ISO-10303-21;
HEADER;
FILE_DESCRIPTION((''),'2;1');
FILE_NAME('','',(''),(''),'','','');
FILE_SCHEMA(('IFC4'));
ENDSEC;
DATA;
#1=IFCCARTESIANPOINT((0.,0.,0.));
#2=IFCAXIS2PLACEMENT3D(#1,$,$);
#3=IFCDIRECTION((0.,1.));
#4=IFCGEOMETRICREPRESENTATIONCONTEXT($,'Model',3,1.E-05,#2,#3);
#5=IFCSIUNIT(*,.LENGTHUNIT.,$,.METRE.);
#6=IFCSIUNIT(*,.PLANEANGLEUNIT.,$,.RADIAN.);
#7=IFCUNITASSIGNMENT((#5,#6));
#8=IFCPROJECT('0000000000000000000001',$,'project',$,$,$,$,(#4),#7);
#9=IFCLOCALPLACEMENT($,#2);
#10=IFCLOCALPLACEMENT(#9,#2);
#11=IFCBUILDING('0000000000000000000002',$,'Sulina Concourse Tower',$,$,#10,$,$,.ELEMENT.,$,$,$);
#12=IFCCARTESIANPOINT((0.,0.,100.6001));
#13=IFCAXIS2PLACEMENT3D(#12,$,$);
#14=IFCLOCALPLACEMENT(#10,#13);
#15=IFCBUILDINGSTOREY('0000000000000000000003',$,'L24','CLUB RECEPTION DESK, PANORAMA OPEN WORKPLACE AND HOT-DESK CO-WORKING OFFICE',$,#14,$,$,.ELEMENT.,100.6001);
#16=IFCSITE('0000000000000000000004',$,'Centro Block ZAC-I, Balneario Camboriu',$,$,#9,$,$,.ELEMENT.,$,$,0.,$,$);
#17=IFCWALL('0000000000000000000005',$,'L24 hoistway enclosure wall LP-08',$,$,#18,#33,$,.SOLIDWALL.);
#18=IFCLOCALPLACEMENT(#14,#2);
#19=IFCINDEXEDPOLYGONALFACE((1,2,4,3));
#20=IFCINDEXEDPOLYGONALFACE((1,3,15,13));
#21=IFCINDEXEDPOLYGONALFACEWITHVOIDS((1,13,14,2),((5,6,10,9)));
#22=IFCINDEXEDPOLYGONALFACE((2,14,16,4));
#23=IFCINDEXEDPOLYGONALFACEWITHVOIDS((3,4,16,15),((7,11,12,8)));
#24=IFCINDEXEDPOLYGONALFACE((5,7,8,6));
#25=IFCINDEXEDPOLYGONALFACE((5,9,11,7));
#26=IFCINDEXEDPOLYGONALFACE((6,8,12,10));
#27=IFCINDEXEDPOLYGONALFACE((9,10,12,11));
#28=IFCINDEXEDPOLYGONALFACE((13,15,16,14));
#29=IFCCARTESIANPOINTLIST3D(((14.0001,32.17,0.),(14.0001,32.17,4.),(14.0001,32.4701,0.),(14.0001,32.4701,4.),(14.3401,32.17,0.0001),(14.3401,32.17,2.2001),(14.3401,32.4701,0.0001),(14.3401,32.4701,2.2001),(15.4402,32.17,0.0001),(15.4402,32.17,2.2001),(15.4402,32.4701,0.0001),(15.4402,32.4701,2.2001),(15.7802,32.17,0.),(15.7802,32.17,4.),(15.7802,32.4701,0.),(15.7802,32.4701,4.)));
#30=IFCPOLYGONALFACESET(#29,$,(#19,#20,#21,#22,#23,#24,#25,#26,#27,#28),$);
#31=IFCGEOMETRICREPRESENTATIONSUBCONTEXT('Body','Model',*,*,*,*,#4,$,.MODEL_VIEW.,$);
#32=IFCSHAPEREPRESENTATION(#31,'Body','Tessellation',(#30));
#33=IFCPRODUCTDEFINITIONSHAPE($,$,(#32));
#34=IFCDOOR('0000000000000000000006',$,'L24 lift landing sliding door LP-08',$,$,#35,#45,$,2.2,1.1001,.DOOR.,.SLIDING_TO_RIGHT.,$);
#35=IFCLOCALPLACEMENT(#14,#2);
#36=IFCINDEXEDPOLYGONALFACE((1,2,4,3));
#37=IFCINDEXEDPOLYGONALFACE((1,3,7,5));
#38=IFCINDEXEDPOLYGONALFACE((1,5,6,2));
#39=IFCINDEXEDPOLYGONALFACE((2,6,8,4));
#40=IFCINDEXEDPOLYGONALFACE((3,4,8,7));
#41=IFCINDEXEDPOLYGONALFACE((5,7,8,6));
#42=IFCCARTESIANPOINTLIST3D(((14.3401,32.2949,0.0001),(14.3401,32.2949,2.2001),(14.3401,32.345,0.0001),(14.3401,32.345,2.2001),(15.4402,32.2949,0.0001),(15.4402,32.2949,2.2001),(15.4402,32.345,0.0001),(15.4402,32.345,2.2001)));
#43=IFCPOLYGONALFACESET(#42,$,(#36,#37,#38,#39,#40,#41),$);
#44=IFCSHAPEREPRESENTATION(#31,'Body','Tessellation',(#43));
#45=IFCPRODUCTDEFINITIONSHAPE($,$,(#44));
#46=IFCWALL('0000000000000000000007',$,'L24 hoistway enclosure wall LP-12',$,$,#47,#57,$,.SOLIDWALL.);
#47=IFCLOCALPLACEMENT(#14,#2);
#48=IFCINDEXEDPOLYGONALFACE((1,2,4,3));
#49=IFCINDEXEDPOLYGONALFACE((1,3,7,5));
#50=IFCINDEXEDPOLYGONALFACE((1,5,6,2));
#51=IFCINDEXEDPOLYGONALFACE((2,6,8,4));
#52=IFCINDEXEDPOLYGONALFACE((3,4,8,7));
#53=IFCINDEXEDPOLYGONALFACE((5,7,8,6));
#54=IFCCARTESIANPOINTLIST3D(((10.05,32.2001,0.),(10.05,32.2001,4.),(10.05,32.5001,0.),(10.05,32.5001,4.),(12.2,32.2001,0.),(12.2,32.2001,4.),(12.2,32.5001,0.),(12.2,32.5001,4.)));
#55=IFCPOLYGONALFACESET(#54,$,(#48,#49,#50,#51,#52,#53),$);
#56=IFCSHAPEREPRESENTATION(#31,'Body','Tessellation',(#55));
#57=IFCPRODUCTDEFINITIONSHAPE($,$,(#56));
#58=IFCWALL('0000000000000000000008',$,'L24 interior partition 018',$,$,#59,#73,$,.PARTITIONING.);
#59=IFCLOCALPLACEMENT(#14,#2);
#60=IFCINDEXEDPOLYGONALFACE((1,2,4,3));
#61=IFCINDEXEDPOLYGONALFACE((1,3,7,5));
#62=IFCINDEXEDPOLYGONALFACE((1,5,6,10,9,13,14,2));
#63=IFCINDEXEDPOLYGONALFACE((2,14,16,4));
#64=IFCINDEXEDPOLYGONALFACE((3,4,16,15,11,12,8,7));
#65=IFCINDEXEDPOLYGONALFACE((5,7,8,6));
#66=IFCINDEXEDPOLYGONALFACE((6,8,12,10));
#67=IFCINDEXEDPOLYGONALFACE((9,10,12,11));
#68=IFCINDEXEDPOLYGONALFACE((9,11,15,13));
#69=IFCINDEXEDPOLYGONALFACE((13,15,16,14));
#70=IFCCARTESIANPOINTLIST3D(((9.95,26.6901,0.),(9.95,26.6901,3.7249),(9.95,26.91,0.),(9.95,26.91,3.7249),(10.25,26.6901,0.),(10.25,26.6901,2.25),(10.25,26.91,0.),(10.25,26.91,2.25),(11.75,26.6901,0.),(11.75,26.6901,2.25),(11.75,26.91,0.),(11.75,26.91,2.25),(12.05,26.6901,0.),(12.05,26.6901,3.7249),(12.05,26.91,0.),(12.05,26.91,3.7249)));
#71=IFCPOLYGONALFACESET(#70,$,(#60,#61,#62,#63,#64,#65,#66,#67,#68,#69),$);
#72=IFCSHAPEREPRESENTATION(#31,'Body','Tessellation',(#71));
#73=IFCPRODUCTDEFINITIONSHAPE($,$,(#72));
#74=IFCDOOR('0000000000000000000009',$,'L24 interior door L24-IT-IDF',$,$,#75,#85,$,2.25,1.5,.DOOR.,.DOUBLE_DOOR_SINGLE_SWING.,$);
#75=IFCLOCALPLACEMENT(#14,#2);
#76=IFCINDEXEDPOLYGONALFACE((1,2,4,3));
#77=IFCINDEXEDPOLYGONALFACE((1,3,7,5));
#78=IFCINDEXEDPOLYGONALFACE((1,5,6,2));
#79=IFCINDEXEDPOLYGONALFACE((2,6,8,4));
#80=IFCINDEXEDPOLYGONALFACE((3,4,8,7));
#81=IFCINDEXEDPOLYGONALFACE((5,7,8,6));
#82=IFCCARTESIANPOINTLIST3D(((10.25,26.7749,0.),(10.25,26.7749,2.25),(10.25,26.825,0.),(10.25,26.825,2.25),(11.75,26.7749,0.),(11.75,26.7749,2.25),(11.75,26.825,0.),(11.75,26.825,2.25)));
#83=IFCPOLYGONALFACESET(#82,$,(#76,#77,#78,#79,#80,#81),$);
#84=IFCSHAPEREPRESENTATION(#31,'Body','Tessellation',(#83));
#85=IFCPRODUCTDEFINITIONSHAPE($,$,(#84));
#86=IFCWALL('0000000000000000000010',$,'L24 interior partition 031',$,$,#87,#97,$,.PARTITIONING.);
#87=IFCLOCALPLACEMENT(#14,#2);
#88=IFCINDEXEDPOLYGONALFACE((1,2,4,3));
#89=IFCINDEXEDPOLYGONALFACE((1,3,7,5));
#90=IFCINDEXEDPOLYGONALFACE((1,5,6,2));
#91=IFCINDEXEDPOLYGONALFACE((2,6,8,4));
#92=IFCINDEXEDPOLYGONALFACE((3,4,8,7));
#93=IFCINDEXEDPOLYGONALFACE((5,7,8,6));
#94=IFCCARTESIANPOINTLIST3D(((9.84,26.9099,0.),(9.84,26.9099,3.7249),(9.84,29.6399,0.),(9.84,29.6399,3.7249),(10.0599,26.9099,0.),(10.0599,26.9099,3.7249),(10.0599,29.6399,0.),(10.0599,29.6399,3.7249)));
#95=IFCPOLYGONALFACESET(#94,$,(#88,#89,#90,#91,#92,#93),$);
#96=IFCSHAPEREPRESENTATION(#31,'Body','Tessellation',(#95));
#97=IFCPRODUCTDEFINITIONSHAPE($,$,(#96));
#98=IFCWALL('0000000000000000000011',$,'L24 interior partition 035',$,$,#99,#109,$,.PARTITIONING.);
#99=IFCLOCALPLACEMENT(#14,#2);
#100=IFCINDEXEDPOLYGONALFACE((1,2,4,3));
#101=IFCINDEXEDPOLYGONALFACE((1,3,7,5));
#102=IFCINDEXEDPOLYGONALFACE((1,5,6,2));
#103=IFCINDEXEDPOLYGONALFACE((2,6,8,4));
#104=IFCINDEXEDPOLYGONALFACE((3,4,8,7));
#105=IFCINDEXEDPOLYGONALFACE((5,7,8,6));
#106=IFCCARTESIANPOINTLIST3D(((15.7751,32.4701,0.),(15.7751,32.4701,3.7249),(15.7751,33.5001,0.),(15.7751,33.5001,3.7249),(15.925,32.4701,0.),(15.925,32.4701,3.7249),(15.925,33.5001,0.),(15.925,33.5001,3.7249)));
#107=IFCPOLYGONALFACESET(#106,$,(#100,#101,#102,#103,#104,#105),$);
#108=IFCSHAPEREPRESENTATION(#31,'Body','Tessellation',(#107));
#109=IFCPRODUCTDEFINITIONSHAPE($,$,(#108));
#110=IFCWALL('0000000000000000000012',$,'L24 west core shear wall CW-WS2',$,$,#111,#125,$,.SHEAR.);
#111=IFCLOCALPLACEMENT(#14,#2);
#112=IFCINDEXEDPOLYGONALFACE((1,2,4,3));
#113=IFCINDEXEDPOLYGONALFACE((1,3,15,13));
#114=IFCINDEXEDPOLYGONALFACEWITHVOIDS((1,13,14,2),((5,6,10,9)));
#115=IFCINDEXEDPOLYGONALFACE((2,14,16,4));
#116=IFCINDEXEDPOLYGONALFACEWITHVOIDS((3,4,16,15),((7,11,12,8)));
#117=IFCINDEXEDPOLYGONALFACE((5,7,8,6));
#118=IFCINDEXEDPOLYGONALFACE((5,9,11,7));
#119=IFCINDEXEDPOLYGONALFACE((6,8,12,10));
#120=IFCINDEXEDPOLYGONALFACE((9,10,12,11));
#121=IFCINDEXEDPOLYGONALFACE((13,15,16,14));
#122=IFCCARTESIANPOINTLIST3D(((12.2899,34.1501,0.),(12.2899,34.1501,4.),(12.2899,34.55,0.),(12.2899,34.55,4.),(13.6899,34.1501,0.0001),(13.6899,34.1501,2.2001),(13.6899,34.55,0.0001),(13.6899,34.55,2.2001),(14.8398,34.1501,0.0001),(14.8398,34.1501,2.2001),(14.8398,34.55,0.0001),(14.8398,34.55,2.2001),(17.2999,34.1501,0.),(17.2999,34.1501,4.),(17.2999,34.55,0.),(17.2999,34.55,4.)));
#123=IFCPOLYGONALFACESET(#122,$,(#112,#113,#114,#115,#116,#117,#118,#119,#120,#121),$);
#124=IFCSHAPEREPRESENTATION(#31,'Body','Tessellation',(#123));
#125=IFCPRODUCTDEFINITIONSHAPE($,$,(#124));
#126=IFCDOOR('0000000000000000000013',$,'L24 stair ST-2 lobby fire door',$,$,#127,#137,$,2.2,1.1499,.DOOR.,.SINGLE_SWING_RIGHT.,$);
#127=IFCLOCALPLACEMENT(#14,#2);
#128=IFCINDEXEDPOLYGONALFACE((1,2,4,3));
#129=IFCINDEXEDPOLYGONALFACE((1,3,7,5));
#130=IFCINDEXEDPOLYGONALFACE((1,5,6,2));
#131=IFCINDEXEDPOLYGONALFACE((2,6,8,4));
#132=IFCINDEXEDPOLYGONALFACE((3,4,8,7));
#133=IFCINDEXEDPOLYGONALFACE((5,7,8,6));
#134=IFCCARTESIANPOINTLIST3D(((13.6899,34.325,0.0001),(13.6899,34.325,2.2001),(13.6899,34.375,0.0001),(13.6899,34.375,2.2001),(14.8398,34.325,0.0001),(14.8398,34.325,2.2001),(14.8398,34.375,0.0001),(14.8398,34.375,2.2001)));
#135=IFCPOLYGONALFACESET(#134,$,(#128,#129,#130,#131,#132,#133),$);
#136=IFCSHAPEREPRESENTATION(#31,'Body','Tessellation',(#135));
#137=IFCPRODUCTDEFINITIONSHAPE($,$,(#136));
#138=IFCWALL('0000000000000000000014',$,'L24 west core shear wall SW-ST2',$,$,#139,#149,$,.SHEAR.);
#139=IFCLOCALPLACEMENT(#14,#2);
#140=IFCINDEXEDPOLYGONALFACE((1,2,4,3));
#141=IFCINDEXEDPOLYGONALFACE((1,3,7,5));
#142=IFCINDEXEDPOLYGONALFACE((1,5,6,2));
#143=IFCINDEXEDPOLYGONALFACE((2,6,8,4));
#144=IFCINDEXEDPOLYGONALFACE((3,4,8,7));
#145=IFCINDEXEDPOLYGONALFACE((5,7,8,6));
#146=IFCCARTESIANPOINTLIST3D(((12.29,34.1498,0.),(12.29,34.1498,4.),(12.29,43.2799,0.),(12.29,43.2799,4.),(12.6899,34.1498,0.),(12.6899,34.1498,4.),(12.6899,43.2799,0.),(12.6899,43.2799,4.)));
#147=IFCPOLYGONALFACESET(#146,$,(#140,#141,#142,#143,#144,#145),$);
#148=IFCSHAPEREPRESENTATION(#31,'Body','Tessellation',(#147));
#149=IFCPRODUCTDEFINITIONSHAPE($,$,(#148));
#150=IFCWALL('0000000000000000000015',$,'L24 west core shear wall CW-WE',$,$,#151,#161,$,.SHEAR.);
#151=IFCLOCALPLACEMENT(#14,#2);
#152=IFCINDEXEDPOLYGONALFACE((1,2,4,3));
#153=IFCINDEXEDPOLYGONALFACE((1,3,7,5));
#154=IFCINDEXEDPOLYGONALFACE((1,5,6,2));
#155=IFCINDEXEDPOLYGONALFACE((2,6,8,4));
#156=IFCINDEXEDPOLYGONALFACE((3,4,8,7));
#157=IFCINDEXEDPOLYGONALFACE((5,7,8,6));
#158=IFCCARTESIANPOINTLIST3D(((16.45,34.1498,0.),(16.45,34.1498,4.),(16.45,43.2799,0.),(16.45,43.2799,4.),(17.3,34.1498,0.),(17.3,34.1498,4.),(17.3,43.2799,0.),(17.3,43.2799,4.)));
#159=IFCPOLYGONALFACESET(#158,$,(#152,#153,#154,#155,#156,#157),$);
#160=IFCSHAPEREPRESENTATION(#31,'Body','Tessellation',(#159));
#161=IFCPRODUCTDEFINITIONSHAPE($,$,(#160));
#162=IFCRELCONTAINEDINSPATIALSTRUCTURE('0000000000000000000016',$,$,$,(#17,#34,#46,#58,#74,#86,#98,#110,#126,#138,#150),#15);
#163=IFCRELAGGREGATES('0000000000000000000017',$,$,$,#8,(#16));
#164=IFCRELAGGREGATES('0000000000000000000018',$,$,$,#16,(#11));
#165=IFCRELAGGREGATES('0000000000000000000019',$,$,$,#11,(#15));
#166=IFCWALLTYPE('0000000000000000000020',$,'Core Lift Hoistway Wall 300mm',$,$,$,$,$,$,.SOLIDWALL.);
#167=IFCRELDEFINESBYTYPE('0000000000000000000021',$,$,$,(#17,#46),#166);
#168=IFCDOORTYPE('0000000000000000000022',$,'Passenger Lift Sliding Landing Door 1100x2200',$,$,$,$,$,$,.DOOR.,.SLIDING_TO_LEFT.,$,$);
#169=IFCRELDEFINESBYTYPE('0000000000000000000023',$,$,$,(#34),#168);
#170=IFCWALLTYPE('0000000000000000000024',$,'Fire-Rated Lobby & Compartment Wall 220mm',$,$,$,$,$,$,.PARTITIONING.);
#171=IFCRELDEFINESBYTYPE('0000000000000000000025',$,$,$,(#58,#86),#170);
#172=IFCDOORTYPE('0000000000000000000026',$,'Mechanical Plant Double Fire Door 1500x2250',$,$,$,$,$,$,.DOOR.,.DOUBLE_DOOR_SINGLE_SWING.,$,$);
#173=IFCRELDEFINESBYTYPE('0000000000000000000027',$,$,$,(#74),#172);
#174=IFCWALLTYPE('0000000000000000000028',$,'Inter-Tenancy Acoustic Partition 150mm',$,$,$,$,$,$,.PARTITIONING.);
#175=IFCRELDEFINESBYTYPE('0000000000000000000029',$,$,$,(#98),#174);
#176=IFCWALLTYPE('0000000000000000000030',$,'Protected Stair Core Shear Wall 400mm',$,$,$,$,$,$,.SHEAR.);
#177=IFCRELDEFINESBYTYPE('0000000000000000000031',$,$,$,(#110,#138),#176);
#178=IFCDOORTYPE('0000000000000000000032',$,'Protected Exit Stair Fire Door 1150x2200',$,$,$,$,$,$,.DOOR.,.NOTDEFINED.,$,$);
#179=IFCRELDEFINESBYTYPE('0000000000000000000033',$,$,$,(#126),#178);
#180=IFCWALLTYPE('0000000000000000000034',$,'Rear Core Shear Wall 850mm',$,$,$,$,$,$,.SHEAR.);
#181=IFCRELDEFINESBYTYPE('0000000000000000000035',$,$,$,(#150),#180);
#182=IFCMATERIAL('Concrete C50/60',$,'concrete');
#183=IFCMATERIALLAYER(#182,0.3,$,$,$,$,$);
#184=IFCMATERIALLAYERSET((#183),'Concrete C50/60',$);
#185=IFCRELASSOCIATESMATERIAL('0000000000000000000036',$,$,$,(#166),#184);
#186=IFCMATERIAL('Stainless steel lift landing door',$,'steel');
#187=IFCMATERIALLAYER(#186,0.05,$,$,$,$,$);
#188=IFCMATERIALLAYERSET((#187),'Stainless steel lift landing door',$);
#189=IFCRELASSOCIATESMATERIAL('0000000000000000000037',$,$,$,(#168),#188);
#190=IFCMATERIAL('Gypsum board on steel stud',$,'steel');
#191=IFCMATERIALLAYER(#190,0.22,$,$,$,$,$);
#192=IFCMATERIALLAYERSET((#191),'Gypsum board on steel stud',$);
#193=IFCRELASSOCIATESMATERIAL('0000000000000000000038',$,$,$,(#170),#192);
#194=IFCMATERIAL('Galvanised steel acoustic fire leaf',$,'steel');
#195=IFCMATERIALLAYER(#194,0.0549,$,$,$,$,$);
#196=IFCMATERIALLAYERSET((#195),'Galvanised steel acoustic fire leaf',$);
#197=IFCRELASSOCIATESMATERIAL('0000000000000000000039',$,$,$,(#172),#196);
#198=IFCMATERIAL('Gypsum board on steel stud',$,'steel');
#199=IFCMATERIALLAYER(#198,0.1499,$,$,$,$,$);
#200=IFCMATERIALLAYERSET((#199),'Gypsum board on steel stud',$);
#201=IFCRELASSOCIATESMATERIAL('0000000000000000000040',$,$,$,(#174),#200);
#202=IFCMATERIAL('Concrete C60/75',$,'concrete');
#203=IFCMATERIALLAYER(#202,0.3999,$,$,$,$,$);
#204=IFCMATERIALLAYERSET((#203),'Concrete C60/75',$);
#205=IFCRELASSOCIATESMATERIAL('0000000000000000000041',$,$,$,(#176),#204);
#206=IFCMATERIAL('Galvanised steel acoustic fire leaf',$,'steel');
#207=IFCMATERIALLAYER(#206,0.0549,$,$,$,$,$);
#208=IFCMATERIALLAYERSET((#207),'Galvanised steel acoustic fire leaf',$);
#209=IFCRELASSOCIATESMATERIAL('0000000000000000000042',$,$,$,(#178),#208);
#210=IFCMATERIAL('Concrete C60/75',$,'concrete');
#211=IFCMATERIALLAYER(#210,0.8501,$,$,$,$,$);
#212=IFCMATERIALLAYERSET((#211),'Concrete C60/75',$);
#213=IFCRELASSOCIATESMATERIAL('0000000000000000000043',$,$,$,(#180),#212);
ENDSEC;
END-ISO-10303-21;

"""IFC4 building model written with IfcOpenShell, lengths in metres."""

from ifc_helpers import new_model, si_unit, direction, frame, frame_2d, origin, place, context, subcontext, project, spatial, rectangle, extrude, material, layer, layer_set, type_object, element, fill, save


model = new_model("IFC4")

# Units and contexts
model_context = context("Model", 3, precision=1e-05, world=origin(), true_north=direction((0.0, 1.0)))
body_context = subcontext(model_context, "Body", "Model", "MODEL_VIEW")
ifc_project = project(units=[si_unit("LENGTHUNIT", "METRE"), si_unit("PLANEANGLEUNIT", "RADIAN")], contexts=[model_context])

# Site, building, storey
site_placement = place(None, origin())
site = spatial("IfcSite", under=ifc_project, at=site_placement, Name="Centro Block ZAC-I, Balneario Camboriu", CompositionType="ELEMENT", RefElevation=0.0)
building_placement = place(site_placement, origin())
building = spatial("IfcBuilding", under=site, at=building_placement, Name="Sulina Concourse Tower", CompositionType="ELEMENT")
storey_placement = place(building_placement, frame((0.0, 0.0, 100.6001)))
storey = spatial("IfcBuildingStorey", under=building, at=storey_placement, Name="L24", Description="CLUB RECEPTION DESK, PANORAMA OPEN WORKPLACE AND HOT-DESK CO-WORKING OFFICE", CompositionType="ELEMENT", Elevation=100.6001)

# Wall, opening, door
ifc_material_1 = material(Name="Concrete C50/60", Category="concrete")
ifc_layer_1 = layer(ifc_material_1, 0.3)
ifc_layer_set_1 = layer_set([ifc_layer_1], Name="Concrete C50/60")
wall_type_1 = type_object("IfcWallType", Name="Core Lift Hoistway Wall 300mm", PredefinedType="SOLIDWALL", material=ifc_layer_set_1)
ifc_material_2 = material(Name="Stainless steel lift landing door", Category="steel")
ifc_layer_2 = layer(ifc_material_2, 0.05)
ifc_layer_set_2 = layer_set([ifc_layer_2], Name="Stainless steel lift landing door")
door_type_1 = type_object("IfcDoorType", Name="Passenger Lift Sliding Landing Door 1100x2200", OperationType="SLIDING_TO_LEFT", PredefinedType="DOOR", material=ifc_layer_set_2)
wall_1_placement = place(storey_placement, frame((14.0, 32.3201, 0.0), z_axis=(0.0, 0.0, 1.0), x_axis=(1.0, 0.0, 0.0)))
wall_1 = element("IfcWall", 1, at=wall_1_placement, inside=storey, type_object=wall_type_1, Name="L24 hoistway enclosure wall LP-08", PredefinedType="SOLIDWALL", context=body_context, shape_type="SweptSolid", body=[
    extrude(rectangle(XDim=1.78, YDim=0.3, at=frame_2d((0.8901, 0.0))), origin(), (0.0, 0.0, 1.0), 4.0),
])
opening_1_placement = place(wall_1_placement, frame((0.3401, 0.0, 0.0)))
opening_1 = element("IfcOpeningElement", 2, at=opening_1_placement, cuts=wall_1, PredefinedType="OPENING", context=body_context, shape_type="SweptSolid", body=[
    extrude(rectangle(XDim=1.1001, YDim=2.2, at=frame_2d((0.55, 1.1001))), frame((0.0, 0.1599, 0.0), z_axis=(0.0, -1.0, 0.0), x_axis=(1.0, 0.0, 0.0)), (0.0, 0.0, 1.0), 0.3201),
])
door_1_placement = place(opening_1_placement, origin())
door_1 = element("IfcDoor", 3, at=door_1_placement, inside=storey, type_object=door_type_1, Name="L24 lift landing sliding door LP-08", OperationType="SLIDING_TO_RIGHT", OverallHeight=2.2, OverallWidth=1.1001, PredefinedType="DOOR", context=body_context, shape_type="SweptSolid", body=[
    extrude(rectangle(XDim=1.1001, YDim=2.2, at=frame_2d((0.55, 1.1001))), frame((0.0, 0.0249, 0.0), z_axis=(0.0, -1.0, 0.0), x_axis=(1.0, 0.0, 0.0)), (0.0, 0.0, 1.0), 0.05),
])
fill(opening_1, door_1)

# Wall
wall_2_placement = place(storey_placement, frame((10.05, 32.3501, 0.0), z_axis=(0.0, 0.0, 1.0), x_axis=(1.0, 0.0, 0.0)))
element("IfcWall", 4, at=wall_2_placement, inside=storey, type_object=wall_type_1, Name="L24 hoistway enclosure wall LP-12", PredefinedType="SOLIDWALL", context=body_context, shape_type="SweptSolid", body=[
    extrude(rectangle(XDim=2.1499, YDim=0.3, at=frame_2d((1.075, 0.0))), origin(), (0.0, 0.0, 1.0), 4.0),
])

# Wall, opening, door
ifc_material_3 = material(Name="Gypsum board on steel stud", Category="steel")
ifc_layer_3 = layer(ifc_material_3, 0.22)
ifc_layer_set_3 = layer_set([ifc_layer_3], Name="Gypsum board on steel stud")
wall_type_2 = type_object("IfcWallType", Name="Fire-Rated Lobby & Compartment Wall 220mm", PredefinedType="PARTITIONING", material=ifc_layer_set_3)
wall_3_placement = place(storey_placement, frame((9.95, 26.8, 0.0), z_axis=(0.0, 0.0, 1.0), x_axis=(1.0, 0.0, 0.0)))
wall_3 = element("IfcWall", 5, at=wall_3_placement, inside=storey, type_object=wall_type_2, Name="L24 interior partition 018", PredefinedType="PARTITIONING", context=body_context, shape_type="SweptSolid", body=[
    extrude(rectangle(XDim=2.1001, YDim=0.22, at=frame_2d((1.05, 0.0))), origin(), (0.0, 0.0, 1.0), 3.7249),
])
opening_2_placement = place(wall_3_placement, frame((0.3, 0.0, 0.0)))
opening_2 = element("IfcOpeningElement", 6, at=opening_2_placement, cuts=wall_3, PredefinedType="OPENING", context=body_context, shape_type="SweptSolid", body=[
    extrude(rectangle(XDim=1.5, YDim=2.25, at=frame_2d((0.75, 1.125))), frame((0.0, 0.1199, 0.0), z_axis=(0.0, -1.0, 0.0), x_axis=(1.0, 0.0, 0.0)), (0.0, 0.0, 1.0), 0.24),
])
ifc_material_4 = material(Name="Galvanised steel acoustic fire leaf", Category="steel")
ifc_layer_4 = layer(ifc_material_4, 0.0549)
ifc_layer_set_4 = layer_set([ifc_layer_4], Name="Galvanised steel acoustic fire leaf")
door_type_2 = type_object("IfcDoorType", Name="Mechanical Plant Double Fire Door 1500x2250", OperationType="DOUBLE_DOOR_SINGLE_SWING", PredefinedType="DOOR", material=ifc_layer_set_4)
door_2_placement = place(opening_2_placement, origin())
door_2 = element("IfcDoor", 7, at=door_2_placement, inside=storey, type_object=door_type_2, Name="L24 interior door L24-IT-IDF", OperationType="DOUBLE_DOOR_SINGLE_SWING", OverallHeight=2.25, OverallWidth=1.5, PredefinedType="DOOR", context=body_context, shape_type="SweptSolid", body=[
    extrude(rectangle(XDim=1.5, YDim=2.25, at=frame_2d((0.75, 1.125))), frame((0.0, 0.0249, 0.0), z_axis=(0.0, -1.0, 0.0), x_axis=(1.0, 0.0, 0.0)), (0.0, 0.0, 1.0), 0.05),
])
fill(opening_2, door_2)

# Walls
wall_4_placement = place(storey_placement, frame((9.95, 26.9099, 0.0), z_axis=(0.0, 0.0, 1.0), x_axis=(0.0, 1.0, 0.0)))
element("IfcWall", 8, at=wall_4_placement, inside=storey, type_object=wall_type_2, Name="L24 interior partition 031", PredefinedType="PARTITIONING", context=body_context, shape_type="SweptSolid", body=[
    extrude(rectangle(XDim=2.73, YDim=0.22, at=frame_2d((1.365, 0.0))), origin(), (0.0, 0.0, 1.0), 3.7249),
])
ifc_material_5 = material(Name="Gypsum board on steel stud", Category="steel")
ifc_layer_5 = layer(ifc_material_5, 0.1499)
ifc_layer_set_5 = layer_set([ifc_layer_5], Name="Gypsum board on steel stud")
wall_type_3 = type_object("IfcWallType", Name="Inter-Tenancy Acoustic Partition 150mm", PredefinedType="PARTITIONING", material=ifc_layer_set_5)
wall_5_placement = place(storey_placement, frame((15.8501, 32.47, 0.0), z_axis=(0.0, 0.0, 1.0), x_axis=(0.0, 1.0, 0.0)))
element("IfcWall", 9, at=wall_5_placement, inside=storey, type_object=wall_type_3, Name="L24 interior partition 035", PredefinedType="PARTITIONING", context=body_context, shape_type="SweptSolid", body=[
    extrude(rectangle(XDim=1.03, YDim=0.1499, at=frame_2d((0.5151, 0.0))), origin(), (0.0, 0.0, 1.0), 3.7249),
])

# Wall, opening, door
ifc_material_6 = material(Name="Concrete C60/75", Category="concrete")
ifc_layer_6 = layer(ifc_material_6, 0.3999)
ifc_layer_set_6 = layer_set([ifc_layer_6], Name="Concrete C60/75")
wall_type_4 = type_object("IfcWallType", Name="Protected Stair Core Shear Wall 400mm", PredefinedType="SHEAR", material=ifc_layer_set_6)
wall_6_placement = place(storey_placement, frame((12.29, 34.3501, 0.0), z_axis=(0.0, 0.0, 1.0), x_axis=(1.0, 0.0, 0.0)))
wall_6 = element("IfcWall", 10, at=wall_6_placement, inside=storey, type_object=wall_type_4, Name="L24 west core shear wall CW-WS2", PredefinedType="SHEAR", context=body_context, shape_type="SweptSolid", body=[
    extrude(rectangle(XDim=5.01, YDim=0.3999, at=frame_2d((2.5049, 0.0))), origin(), (0.0, 0.0, 1.0), 4.0),
])
opening_3_placement = place(wall_6_placement, frame((1.3999, 0.0, 0.0)))
opening_3 = element("IfcOpeningElement", 11, at=opening_3_placement, cuts=wall_6, PredefinedType="OPENING", context=body_context, shape_type="SweptSolid", body=[
    extrude(rectangle(XDim=1.1499, YDim=2.2, at=frame_2d((0.575, 1.1001))), frame((0.0, 0.21, 0.0), z_axis=(0.0, -1.0, 0.0), x_axis=(1.0, 0.0, 0.0)), (0.0, 0.0, 1.0), 0.4199),
])
ifc_material_7 = material(Name="Galvanised steel acoustic fire leaf", Category="steel")
ifc_layer_7 = layer(ifc_material_7, 0.0549)
ifc_layer_set_7 = layer_set([ifc_layer_7], Name="Galvanised steel acoustic fire leaf")
door_type_3 = type_object("IfcDoorType", Name="Protected Exit Stair Fire Door 1150x2200", OperationType="NOTDEFINED", PredefinedType="DOOR", material=ifc_layer_set_7)
door_3_placement = place(opening_3_placement, origin())
door_3 = element("IfcDoor", 12, at=door_3_placement, inside=storey, type_object=door_type_3, Name="L24 stair ST-2 lobby fire door", OperationType="SINGLE_SWING_RIGHT", OverallHeight=2.2, OverallWidth=1.1499, PredefinedType="DOOR", context=body_context, shape_type="SweptSolid", body=[
    extrude(rectangle(XDim=1.1499, YDim=2.2, at=frame_2d((0.575, 1.1001))), frame((0.0, 0.0249, 0.0), z_axis=(0.0, -1.0, 0.0), x_axis=(1.0, 0.0, 0.0)), (0.0, 0.0, 1.0), 0.05),
])
fill(opening_3, door_3)

# Walls
wall_7_placement = place(storey_placement, frame((12.49, 34.1499, 0.0), z_axis=(0.0, 0.0, 1.0), x_axis=(0.0, 1.0, 0.0)))
element("IfcWall", 13, at=wall_7_placement, inside=storey, type_object=wall_type_4, Name="L24 west core shear wall SW-ST2", PredefinedType="SHEAR", context=body_context, shape_type="SweptSolid", body=[
    extrude(rectangle(XDim=9.1301, YDim=0.3999, at=frame_2d((4.5649, 0.0))), origin(), (0.0, 0.0, 1.0), 4.0),
])
ifc_material_8 = material(Name="Concrete C60/75", Category="concrete")
ifc_layer_8 = layer(ifc_material_8, 0.8501)
ifc_layer_set_8 = layer_set([ifc_layer_8], Name="Concrete C60/75")
wall_type_5 = type_object("IfcWallType", Name="Rear Core Shear Wall 850mm", PredefinedType="SHEAR", material=ifc_layer_set_8)
wall_8_placement = place(storey_placement, frame((16.875, 34.1499, 0.0), z_axis=(0.0, 0.0, 1.0), x_axis=(0.0, 1.0, 0.0)))
element("IfcWall", 14, at=wall_8_placement, inside=storey, type_object=wall_type_5, Name="L24 west core shear wall CW-WE", PredefinedType="SHEAR", context=body_context, shape_type="SweptSolid", body=[
    extrude(rectangle(XDim=9.1301, YDim=0.8501, at=frame_2d((4.5649, 0.0))), origin(), (0.0, 0.0, 1.0), 4.0),
])

save(model, "model.ifc")
